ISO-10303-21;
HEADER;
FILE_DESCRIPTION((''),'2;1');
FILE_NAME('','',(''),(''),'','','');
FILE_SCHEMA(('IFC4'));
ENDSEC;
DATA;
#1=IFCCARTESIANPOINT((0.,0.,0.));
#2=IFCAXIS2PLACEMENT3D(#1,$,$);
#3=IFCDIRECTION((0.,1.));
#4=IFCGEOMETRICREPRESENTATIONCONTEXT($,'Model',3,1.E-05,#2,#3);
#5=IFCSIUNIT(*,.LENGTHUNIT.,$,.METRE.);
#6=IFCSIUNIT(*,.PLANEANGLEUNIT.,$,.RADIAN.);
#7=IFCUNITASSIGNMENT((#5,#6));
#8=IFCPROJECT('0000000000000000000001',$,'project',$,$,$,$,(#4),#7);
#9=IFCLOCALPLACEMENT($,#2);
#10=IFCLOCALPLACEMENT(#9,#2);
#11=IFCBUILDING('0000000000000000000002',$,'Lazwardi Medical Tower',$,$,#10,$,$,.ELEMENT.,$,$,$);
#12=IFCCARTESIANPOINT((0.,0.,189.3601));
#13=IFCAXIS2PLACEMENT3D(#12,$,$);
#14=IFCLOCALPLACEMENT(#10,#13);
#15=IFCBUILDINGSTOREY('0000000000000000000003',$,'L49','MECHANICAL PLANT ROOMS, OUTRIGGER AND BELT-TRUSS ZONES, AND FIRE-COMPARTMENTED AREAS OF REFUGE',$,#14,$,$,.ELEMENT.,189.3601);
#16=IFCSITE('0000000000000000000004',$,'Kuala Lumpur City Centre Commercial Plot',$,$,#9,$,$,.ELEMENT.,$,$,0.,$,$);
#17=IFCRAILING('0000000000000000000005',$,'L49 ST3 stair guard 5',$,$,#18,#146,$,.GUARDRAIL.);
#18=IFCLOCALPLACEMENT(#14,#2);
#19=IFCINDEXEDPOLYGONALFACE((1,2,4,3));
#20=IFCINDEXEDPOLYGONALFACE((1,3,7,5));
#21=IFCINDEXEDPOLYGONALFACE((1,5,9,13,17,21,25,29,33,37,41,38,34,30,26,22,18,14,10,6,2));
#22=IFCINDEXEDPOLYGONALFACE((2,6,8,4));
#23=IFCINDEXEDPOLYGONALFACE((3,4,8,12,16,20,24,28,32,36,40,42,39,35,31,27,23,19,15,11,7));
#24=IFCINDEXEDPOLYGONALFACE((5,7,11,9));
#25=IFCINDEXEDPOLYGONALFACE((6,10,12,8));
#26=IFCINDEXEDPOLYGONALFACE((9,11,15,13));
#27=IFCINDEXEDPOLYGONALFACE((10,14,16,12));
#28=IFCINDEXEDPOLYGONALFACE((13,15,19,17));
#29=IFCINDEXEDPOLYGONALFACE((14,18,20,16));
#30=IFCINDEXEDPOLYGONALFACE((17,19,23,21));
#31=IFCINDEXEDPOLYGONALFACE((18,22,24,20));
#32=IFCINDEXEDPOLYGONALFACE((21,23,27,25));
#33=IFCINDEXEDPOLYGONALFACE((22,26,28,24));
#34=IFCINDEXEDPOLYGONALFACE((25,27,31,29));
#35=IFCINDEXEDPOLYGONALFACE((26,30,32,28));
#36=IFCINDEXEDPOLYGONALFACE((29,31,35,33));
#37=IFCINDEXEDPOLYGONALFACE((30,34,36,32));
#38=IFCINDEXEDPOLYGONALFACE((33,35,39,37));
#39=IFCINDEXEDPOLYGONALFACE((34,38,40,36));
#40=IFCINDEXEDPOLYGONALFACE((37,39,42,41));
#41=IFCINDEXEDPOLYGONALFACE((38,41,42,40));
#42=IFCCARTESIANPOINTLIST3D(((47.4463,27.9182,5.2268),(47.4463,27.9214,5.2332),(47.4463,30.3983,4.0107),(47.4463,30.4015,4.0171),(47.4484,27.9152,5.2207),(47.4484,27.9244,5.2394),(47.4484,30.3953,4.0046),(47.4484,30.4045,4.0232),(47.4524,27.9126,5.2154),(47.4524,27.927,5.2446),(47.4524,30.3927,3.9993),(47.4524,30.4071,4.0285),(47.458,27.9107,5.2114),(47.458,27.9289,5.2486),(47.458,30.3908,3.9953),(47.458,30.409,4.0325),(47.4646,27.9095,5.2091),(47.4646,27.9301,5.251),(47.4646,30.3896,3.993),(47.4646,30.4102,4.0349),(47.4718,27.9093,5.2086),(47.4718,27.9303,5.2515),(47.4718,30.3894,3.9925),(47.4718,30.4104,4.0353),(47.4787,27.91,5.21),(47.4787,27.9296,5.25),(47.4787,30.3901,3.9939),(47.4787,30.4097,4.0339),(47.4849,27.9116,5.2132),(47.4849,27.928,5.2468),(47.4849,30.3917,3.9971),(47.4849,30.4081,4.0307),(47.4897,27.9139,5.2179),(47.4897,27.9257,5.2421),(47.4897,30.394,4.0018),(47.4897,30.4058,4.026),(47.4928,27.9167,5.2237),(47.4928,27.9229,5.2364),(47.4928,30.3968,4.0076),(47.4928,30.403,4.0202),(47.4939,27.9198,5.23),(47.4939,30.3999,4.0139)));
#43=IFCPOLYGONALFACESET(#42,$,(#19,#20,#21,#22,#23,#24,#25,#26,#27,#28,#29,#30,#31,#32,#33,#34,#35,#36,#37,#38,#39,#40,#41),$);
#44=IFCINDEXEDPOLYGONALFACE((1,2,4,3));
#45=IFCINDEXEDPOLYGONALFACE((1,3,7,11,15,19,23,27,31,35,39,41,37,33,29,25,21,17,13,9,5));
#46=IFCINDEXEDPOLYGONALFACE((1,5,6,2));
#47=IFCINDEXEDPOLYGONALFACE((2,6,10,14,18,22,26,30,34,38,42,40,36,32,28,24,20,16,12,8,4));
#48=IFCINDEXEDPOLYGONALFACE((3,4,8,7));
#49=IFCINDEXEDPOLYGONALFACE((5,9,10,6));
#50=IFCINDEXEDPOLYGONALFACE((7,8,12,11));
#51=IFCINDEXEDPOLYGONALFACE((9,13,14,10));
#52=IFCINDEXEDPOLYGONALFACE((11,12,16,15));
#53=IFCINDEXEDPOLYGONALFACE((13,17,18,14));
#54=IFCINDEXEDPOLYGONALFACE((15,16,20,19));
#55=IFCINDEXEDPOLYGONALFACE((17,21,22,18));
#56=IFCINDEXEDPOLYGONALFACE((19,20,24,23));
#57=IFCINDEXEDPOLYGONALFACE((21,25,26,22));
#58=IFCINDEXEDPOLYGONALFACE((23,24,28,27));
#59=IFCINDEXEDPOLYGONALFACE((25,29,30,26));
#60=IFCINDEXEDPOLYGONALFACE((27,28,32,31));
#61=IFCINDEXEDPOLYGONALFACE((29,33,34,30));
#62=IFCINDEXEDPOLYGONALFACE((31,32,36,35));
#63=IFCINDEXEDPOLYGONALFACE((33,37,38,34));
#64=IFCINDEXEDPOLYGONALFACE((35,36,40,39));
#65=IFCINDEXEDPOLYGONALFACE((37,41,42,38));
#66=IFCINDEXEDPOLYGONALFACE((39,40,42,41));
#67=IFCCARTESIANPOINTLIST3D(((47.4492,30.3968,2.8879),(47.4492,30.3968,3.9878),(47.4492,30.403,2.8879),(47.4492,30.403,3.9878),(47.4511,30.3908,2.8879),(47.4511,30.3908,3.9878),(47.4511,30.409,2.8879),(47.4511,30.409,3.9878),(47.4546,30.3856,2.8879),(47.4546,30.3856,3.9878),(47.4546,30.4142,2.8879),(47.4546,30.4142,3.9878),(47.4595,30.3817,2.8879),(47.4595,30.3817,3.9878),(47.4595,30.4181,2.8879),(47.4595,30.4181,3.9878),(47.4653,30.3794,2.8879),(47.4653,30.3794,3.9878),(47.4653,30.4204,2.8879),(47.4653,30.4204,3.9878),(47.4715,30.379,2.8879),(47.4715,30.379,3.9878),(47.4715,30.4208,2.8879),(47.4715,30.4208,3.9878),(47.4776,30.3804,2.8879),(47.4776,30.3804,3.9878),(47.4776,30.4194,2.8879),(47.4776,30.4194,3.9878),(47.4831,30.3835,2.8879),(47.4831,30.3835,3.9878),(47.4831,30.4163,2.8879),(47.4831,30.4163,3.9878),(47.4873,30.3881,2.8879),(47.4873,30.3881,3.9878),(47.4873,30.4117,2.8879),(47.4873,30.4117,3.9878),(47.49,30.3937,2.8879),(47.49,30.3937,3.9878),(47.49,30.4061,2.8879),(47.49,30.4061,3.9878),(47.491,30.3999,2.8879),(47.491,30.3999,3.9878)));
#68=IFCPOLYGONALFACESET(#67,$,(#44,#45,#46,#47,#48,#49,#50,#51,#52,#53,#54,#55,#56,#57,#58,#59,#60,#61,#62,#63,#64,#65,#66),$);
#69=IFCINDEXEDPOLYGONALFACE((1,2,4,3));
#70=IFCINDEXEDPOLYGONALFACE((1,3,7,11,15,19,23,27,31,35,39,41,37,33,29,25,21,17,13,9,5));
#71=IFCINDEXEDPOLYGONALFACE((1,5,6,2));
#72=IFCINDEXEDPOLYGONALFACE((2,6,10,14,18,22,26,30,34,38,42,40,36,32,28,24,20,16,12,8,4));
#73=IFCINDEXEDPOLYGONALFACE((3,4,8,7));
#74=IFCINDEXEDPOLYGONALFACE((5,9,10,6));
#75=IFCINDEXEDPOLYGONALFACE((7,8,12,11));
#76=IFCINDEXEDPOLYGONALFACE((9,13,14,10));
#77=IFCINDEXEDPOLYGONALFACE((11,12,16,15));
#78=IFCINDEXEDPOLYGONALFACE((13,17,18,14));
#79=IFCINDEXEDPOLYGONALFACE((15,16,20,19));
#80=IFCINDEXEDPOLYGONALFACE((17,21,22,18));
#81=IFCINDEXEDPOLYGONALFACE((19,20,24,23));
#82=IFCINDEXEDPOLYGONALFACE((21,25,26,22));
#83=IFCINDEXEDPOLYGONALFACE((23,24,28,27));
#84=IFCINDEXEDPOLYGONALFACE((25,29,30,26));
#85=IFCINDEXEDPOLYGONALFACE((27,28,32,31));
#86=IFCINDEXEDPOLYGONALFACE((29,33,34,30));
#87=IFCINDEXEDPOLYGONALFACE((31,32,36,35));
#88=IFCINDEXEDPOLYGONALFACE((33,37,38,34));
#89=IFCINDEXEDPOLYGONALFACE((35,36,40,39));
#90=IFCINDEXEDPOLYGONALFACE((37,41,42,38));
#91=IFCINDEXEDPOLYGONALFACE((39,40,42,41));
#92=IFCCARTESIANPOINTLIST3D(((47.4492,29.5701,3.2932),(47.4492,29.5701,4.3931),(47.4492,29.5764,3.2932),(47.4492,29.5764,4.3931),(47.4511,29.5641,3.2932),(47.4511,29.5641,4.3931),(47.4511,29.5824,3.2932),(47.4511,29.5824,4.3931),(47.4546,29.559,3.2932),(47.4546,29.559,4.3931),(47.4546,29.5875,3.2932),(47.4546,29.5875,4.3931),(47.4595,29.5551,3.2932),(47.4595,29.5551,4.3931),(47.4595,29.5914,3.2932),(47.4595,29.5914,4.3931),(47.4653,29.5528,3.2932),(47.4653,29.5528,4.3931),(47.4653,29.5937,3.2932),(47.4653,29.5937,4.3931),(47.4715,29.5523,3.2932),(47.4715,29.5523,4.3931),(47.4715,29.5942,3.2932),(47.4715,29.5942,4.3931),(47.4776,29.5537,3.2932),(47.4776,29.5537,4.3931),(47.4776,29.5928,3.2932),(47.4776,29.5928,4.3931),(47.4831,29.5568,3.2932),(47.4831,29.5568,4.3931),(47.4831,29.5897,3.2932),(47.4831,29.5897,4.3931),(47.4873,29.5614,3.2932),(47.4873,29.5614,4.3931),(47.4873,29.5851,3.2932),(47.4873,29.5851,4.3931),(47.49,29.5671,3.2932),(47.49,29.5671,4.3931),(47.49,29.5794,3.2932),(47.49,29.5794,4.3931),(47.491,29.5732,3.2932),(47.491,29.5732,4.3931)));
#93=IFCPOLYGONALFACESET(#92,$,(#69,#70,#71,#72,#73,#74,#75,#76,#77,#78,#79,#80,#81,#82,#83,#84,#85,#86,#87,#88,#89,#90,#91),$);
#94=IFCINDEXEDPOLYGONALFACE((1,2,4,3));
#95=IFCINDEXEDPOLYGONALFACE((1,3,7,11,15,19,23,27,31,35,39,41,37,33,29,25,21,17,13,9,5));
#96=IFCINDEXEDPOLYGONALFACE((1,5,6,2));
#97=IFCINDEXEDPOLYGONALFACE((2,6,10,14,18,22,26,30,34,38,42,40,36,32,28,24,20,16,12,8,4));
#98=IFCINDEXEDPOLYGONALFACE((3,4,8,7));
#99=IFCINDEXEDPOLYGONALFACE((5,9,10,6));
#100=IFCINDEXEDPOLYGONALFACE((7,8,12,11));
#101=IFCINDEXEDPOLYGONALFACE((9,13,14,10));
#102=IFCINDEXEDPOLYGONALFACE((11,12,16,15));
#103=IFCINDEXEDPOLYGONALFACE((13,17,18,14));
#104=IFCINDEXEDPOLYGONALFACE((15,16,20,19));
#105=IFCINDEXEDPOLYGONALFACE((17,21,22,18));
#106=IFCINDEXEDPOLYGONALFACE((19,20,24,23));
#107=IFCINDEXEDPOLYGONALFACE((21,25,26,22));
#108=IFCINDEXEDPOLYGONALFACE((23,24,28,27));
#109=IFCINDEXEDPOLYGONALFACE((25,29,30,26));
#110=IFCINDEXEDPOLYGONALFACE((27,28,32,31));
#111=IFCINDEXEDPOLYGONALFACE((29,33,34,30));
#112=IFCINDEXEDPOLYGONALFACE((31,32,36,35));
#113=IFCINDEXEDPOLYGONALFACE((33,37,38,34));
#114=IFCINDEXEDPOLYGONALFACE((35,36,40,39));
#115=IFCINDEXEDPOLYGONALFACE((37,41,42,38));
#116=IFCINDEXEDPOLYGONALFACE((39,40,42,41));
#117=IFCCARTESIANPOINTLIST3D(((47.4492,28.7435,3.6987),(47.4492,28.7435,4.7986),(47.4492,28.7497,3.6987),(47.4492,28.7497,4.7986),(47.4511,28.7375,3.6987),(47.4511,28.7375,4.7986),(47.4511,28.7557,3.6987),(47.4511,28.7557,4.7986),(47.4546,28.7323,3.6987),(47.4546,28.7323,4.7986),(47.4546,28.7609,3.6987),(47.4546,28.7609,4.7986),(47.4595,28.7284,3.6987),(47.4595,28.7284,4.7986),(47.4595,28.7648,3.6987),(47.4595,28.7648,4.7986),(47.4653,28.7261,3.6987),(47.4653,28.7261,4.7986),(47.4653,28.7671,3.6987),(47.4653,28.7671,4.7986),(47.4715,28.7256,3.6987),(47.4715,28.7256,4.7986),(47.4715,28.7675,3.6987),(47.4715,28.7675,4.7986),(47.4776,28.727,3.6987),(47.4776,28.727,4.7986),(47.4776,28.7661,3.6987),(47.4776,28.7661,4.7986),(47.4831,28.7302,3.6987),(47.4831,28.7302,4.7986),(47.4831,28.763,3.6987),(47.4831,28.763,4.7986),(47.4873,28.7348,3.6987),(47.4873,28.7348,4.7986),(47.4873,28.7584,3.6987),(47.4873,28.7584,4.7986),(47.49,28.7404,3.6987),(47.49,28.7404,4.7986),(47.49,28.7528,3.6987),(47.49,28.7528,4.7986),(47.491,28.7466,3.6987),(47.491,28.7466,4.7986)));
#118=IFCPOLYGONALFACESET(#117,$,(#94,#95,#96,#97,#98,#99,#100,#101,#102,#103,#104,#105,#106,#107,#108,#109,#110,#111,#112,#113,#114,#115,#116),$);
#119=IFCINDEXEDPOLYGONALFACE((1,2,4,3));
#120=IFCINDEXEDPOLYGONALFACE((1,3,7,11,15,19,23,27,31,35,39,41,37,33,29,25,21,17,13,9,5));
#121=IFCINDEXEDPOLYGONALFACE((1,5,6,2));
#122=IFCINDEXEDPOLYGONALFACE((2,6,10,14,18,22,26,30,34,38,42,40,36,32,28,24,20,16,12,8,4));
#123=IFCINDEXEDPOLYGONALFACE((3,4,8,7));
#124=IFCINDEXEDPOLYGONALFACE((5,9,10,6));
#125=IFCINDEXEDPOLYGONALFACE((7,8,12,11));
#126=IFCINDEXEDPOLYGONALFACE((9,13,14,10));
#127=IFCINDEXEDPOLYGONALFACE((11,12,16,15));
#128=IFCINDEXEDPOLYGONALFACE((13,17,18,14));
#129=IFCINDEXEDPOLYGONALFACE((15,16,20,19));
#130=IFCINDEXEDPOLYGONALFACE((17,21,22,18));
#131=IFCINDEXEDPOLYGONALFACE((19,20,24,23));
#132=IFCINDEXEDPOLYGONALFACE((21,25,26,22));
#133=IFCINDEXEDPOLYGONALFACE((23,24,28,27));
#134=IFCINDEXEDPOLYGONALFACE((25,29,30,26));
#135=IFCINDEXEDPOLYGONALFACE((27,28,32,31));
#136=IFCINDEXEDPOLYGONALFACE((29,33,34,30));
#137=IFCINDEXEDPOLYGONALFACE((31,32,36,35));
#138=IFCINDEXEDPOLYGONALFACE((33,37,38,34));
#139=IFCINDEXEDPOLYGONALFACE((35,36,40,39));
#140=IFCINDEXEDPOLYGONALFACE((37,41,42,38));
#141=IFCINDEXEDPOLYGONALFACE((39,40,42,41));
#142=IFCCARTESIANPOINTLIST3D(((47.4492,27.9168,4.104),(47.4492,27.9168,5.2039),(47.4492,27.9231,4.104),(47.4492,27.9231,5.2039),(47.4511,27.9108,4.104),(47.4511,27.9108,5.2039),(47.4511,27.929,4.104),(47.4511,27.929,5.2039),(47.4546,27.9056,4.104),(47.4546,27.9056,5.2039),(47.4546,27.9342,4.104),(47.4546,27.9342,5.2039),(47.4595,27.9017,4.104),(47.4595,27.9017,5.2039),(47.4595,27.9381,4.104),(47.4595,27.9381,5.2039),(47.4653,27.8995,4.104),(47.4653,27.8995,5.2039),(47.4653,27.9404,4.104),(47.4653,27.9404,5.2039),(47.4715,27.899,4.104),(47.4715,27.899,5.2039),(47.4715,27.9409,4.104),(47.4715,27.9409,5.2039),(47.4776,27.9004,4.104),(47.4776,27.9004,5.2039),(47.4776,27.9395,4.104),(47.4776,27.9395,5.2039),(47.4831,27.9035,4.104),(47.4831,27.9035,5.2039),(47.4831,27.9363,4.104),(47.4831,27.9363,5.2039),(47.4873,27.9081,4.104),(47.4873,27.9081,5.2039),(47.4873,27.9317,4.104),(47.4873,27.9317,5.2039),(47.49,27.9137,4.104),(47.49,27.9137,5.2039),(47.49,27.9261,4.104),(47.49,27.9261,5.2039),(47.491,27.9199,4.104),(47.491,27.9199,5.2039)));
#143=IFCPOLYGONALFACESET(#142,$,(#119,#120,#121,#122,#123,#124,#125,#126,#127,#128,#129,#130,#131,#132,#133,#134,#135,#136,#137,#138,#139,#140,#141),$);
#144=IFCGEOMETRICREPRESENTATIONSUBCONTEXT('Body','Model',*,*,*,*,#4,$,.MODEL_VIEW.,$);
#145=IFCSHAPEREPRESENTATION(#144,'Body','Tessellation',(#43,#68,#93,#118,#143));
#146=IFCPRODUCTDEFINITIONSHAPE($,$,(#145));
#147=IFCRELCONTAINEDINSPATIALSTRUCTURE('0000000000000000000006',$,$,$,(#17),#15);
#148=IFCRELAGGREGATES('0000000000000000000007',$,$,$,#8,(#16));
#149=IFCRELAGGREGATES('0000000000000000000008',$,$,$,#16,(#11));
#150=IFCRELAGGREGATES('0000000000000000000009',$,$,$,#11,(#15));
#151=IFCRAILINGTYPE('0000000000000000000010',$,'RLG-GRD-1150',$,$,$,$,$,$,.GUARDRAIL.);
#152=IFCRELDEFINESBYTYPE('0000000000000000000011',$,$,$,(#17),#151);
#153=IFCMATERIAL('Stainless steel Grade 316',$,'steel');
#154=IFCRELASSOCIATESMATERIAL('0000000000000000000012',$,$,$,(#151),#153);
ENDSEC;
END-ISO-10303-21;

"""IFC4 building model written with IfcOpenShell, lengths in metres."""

from ifc_helpers import new_model, si_unit, direction, frame, origin, origin_2d, place, context, subcontext, project, spatial, circle, extrude, material, type_object, element, save


model = new_model("IFC4")

# Units and contexts
model_context = context("Model", 3, precision=1e-05, world=origin(), true_north=direction((0.0, 1.0)))
body_context = subcontext(model_context, "Body", "Model", "MODEL_VIEW")
ifc_project = project(units=[si_unit("LENGTHUNIT", "METRE"), si_unit("PLANEANGLEUNIT", "RADIAN")], contexts=[model_context])

# Site, building, storey
site_placement = place(None, origin())
site = spatial("IfcSite", under=ifc_project, at=site_placement, Name="Kuala Lumpur City Centre Commercial Plot", CompositionType="ELEMENT", RefElevation=0.0)
building_placement = place(site_placement, origin())
building = spatial("IfcBuilding", under=site, at=building_placement, Name="Lazwardi Medical Tower", CompositionType="ELEMENT")
storey_placement = place(building_placement, frame((0.0, 0.0, 189.3601)))
storey = spatial("IfcBuildingStorey", under=building, at=storey_placement, Name="L49", Description="MECHANICAL PLANT ROOMS, OUTRIGGER AND BELT-TRUSS ZONES, AND FIRE-COMPARTMENTED AREAS OF REFUGE", CompositionType="ELEMENT", Elevation=189.3601)

# Railing
ifc_material_1 = material(Name="Stainless steel Grade 316", Category="steel")
railing_type_1 = type_object("IfcRailingType", Name="RLG-GRD-1150", PredefinedType="GUARDRAIL", material=ifc_material_1)
railing_1_placement = place(storey_placement, frame((47.47, 30.3999, 2.8879)))
element("IfcRailing", 1, at=railing_1_placement, inside=storey, type_object=railing_type_1, Name="L49 ST3 stair guard 5", PredefinedType="GUARDRAIL", context=body_context, shape_type="SweptSolid", body=[
    extrude(circle(Radius=0.0239, at=origin_2d()), frame((0.0, 0.0, 1.126), z_axis=(0.0, -0.897865, 0.44027), x_axis=(1.0, 0.0, 0.0)), (0.0, 0.0, 1.0), 2.7622),
    extrude(circle(Radius=0.021, at=origin_2d()), origin(), (0.0, 0.0, 1.0), 1.0999),
    extrude(circle(Radius=0.021, at=origin_2d()), frame((0.0, -0.8267, 0.4053)), (0.0, 0.0, 1.0), 1.0999),
    extrude(circle(Radius=0.021, at=origin_2d()), frame((0.0, -1.6533, 0.8108)), (0.0, 0.0, 1.0), 1.0999),
    extrude(circle(Radius=0.021, at=origin_2d()), frame((0.0, -2.48, 1.2161)), (0.0, 0.0, 1.0), 1.0999),
])

save(model, "model.ifc")
